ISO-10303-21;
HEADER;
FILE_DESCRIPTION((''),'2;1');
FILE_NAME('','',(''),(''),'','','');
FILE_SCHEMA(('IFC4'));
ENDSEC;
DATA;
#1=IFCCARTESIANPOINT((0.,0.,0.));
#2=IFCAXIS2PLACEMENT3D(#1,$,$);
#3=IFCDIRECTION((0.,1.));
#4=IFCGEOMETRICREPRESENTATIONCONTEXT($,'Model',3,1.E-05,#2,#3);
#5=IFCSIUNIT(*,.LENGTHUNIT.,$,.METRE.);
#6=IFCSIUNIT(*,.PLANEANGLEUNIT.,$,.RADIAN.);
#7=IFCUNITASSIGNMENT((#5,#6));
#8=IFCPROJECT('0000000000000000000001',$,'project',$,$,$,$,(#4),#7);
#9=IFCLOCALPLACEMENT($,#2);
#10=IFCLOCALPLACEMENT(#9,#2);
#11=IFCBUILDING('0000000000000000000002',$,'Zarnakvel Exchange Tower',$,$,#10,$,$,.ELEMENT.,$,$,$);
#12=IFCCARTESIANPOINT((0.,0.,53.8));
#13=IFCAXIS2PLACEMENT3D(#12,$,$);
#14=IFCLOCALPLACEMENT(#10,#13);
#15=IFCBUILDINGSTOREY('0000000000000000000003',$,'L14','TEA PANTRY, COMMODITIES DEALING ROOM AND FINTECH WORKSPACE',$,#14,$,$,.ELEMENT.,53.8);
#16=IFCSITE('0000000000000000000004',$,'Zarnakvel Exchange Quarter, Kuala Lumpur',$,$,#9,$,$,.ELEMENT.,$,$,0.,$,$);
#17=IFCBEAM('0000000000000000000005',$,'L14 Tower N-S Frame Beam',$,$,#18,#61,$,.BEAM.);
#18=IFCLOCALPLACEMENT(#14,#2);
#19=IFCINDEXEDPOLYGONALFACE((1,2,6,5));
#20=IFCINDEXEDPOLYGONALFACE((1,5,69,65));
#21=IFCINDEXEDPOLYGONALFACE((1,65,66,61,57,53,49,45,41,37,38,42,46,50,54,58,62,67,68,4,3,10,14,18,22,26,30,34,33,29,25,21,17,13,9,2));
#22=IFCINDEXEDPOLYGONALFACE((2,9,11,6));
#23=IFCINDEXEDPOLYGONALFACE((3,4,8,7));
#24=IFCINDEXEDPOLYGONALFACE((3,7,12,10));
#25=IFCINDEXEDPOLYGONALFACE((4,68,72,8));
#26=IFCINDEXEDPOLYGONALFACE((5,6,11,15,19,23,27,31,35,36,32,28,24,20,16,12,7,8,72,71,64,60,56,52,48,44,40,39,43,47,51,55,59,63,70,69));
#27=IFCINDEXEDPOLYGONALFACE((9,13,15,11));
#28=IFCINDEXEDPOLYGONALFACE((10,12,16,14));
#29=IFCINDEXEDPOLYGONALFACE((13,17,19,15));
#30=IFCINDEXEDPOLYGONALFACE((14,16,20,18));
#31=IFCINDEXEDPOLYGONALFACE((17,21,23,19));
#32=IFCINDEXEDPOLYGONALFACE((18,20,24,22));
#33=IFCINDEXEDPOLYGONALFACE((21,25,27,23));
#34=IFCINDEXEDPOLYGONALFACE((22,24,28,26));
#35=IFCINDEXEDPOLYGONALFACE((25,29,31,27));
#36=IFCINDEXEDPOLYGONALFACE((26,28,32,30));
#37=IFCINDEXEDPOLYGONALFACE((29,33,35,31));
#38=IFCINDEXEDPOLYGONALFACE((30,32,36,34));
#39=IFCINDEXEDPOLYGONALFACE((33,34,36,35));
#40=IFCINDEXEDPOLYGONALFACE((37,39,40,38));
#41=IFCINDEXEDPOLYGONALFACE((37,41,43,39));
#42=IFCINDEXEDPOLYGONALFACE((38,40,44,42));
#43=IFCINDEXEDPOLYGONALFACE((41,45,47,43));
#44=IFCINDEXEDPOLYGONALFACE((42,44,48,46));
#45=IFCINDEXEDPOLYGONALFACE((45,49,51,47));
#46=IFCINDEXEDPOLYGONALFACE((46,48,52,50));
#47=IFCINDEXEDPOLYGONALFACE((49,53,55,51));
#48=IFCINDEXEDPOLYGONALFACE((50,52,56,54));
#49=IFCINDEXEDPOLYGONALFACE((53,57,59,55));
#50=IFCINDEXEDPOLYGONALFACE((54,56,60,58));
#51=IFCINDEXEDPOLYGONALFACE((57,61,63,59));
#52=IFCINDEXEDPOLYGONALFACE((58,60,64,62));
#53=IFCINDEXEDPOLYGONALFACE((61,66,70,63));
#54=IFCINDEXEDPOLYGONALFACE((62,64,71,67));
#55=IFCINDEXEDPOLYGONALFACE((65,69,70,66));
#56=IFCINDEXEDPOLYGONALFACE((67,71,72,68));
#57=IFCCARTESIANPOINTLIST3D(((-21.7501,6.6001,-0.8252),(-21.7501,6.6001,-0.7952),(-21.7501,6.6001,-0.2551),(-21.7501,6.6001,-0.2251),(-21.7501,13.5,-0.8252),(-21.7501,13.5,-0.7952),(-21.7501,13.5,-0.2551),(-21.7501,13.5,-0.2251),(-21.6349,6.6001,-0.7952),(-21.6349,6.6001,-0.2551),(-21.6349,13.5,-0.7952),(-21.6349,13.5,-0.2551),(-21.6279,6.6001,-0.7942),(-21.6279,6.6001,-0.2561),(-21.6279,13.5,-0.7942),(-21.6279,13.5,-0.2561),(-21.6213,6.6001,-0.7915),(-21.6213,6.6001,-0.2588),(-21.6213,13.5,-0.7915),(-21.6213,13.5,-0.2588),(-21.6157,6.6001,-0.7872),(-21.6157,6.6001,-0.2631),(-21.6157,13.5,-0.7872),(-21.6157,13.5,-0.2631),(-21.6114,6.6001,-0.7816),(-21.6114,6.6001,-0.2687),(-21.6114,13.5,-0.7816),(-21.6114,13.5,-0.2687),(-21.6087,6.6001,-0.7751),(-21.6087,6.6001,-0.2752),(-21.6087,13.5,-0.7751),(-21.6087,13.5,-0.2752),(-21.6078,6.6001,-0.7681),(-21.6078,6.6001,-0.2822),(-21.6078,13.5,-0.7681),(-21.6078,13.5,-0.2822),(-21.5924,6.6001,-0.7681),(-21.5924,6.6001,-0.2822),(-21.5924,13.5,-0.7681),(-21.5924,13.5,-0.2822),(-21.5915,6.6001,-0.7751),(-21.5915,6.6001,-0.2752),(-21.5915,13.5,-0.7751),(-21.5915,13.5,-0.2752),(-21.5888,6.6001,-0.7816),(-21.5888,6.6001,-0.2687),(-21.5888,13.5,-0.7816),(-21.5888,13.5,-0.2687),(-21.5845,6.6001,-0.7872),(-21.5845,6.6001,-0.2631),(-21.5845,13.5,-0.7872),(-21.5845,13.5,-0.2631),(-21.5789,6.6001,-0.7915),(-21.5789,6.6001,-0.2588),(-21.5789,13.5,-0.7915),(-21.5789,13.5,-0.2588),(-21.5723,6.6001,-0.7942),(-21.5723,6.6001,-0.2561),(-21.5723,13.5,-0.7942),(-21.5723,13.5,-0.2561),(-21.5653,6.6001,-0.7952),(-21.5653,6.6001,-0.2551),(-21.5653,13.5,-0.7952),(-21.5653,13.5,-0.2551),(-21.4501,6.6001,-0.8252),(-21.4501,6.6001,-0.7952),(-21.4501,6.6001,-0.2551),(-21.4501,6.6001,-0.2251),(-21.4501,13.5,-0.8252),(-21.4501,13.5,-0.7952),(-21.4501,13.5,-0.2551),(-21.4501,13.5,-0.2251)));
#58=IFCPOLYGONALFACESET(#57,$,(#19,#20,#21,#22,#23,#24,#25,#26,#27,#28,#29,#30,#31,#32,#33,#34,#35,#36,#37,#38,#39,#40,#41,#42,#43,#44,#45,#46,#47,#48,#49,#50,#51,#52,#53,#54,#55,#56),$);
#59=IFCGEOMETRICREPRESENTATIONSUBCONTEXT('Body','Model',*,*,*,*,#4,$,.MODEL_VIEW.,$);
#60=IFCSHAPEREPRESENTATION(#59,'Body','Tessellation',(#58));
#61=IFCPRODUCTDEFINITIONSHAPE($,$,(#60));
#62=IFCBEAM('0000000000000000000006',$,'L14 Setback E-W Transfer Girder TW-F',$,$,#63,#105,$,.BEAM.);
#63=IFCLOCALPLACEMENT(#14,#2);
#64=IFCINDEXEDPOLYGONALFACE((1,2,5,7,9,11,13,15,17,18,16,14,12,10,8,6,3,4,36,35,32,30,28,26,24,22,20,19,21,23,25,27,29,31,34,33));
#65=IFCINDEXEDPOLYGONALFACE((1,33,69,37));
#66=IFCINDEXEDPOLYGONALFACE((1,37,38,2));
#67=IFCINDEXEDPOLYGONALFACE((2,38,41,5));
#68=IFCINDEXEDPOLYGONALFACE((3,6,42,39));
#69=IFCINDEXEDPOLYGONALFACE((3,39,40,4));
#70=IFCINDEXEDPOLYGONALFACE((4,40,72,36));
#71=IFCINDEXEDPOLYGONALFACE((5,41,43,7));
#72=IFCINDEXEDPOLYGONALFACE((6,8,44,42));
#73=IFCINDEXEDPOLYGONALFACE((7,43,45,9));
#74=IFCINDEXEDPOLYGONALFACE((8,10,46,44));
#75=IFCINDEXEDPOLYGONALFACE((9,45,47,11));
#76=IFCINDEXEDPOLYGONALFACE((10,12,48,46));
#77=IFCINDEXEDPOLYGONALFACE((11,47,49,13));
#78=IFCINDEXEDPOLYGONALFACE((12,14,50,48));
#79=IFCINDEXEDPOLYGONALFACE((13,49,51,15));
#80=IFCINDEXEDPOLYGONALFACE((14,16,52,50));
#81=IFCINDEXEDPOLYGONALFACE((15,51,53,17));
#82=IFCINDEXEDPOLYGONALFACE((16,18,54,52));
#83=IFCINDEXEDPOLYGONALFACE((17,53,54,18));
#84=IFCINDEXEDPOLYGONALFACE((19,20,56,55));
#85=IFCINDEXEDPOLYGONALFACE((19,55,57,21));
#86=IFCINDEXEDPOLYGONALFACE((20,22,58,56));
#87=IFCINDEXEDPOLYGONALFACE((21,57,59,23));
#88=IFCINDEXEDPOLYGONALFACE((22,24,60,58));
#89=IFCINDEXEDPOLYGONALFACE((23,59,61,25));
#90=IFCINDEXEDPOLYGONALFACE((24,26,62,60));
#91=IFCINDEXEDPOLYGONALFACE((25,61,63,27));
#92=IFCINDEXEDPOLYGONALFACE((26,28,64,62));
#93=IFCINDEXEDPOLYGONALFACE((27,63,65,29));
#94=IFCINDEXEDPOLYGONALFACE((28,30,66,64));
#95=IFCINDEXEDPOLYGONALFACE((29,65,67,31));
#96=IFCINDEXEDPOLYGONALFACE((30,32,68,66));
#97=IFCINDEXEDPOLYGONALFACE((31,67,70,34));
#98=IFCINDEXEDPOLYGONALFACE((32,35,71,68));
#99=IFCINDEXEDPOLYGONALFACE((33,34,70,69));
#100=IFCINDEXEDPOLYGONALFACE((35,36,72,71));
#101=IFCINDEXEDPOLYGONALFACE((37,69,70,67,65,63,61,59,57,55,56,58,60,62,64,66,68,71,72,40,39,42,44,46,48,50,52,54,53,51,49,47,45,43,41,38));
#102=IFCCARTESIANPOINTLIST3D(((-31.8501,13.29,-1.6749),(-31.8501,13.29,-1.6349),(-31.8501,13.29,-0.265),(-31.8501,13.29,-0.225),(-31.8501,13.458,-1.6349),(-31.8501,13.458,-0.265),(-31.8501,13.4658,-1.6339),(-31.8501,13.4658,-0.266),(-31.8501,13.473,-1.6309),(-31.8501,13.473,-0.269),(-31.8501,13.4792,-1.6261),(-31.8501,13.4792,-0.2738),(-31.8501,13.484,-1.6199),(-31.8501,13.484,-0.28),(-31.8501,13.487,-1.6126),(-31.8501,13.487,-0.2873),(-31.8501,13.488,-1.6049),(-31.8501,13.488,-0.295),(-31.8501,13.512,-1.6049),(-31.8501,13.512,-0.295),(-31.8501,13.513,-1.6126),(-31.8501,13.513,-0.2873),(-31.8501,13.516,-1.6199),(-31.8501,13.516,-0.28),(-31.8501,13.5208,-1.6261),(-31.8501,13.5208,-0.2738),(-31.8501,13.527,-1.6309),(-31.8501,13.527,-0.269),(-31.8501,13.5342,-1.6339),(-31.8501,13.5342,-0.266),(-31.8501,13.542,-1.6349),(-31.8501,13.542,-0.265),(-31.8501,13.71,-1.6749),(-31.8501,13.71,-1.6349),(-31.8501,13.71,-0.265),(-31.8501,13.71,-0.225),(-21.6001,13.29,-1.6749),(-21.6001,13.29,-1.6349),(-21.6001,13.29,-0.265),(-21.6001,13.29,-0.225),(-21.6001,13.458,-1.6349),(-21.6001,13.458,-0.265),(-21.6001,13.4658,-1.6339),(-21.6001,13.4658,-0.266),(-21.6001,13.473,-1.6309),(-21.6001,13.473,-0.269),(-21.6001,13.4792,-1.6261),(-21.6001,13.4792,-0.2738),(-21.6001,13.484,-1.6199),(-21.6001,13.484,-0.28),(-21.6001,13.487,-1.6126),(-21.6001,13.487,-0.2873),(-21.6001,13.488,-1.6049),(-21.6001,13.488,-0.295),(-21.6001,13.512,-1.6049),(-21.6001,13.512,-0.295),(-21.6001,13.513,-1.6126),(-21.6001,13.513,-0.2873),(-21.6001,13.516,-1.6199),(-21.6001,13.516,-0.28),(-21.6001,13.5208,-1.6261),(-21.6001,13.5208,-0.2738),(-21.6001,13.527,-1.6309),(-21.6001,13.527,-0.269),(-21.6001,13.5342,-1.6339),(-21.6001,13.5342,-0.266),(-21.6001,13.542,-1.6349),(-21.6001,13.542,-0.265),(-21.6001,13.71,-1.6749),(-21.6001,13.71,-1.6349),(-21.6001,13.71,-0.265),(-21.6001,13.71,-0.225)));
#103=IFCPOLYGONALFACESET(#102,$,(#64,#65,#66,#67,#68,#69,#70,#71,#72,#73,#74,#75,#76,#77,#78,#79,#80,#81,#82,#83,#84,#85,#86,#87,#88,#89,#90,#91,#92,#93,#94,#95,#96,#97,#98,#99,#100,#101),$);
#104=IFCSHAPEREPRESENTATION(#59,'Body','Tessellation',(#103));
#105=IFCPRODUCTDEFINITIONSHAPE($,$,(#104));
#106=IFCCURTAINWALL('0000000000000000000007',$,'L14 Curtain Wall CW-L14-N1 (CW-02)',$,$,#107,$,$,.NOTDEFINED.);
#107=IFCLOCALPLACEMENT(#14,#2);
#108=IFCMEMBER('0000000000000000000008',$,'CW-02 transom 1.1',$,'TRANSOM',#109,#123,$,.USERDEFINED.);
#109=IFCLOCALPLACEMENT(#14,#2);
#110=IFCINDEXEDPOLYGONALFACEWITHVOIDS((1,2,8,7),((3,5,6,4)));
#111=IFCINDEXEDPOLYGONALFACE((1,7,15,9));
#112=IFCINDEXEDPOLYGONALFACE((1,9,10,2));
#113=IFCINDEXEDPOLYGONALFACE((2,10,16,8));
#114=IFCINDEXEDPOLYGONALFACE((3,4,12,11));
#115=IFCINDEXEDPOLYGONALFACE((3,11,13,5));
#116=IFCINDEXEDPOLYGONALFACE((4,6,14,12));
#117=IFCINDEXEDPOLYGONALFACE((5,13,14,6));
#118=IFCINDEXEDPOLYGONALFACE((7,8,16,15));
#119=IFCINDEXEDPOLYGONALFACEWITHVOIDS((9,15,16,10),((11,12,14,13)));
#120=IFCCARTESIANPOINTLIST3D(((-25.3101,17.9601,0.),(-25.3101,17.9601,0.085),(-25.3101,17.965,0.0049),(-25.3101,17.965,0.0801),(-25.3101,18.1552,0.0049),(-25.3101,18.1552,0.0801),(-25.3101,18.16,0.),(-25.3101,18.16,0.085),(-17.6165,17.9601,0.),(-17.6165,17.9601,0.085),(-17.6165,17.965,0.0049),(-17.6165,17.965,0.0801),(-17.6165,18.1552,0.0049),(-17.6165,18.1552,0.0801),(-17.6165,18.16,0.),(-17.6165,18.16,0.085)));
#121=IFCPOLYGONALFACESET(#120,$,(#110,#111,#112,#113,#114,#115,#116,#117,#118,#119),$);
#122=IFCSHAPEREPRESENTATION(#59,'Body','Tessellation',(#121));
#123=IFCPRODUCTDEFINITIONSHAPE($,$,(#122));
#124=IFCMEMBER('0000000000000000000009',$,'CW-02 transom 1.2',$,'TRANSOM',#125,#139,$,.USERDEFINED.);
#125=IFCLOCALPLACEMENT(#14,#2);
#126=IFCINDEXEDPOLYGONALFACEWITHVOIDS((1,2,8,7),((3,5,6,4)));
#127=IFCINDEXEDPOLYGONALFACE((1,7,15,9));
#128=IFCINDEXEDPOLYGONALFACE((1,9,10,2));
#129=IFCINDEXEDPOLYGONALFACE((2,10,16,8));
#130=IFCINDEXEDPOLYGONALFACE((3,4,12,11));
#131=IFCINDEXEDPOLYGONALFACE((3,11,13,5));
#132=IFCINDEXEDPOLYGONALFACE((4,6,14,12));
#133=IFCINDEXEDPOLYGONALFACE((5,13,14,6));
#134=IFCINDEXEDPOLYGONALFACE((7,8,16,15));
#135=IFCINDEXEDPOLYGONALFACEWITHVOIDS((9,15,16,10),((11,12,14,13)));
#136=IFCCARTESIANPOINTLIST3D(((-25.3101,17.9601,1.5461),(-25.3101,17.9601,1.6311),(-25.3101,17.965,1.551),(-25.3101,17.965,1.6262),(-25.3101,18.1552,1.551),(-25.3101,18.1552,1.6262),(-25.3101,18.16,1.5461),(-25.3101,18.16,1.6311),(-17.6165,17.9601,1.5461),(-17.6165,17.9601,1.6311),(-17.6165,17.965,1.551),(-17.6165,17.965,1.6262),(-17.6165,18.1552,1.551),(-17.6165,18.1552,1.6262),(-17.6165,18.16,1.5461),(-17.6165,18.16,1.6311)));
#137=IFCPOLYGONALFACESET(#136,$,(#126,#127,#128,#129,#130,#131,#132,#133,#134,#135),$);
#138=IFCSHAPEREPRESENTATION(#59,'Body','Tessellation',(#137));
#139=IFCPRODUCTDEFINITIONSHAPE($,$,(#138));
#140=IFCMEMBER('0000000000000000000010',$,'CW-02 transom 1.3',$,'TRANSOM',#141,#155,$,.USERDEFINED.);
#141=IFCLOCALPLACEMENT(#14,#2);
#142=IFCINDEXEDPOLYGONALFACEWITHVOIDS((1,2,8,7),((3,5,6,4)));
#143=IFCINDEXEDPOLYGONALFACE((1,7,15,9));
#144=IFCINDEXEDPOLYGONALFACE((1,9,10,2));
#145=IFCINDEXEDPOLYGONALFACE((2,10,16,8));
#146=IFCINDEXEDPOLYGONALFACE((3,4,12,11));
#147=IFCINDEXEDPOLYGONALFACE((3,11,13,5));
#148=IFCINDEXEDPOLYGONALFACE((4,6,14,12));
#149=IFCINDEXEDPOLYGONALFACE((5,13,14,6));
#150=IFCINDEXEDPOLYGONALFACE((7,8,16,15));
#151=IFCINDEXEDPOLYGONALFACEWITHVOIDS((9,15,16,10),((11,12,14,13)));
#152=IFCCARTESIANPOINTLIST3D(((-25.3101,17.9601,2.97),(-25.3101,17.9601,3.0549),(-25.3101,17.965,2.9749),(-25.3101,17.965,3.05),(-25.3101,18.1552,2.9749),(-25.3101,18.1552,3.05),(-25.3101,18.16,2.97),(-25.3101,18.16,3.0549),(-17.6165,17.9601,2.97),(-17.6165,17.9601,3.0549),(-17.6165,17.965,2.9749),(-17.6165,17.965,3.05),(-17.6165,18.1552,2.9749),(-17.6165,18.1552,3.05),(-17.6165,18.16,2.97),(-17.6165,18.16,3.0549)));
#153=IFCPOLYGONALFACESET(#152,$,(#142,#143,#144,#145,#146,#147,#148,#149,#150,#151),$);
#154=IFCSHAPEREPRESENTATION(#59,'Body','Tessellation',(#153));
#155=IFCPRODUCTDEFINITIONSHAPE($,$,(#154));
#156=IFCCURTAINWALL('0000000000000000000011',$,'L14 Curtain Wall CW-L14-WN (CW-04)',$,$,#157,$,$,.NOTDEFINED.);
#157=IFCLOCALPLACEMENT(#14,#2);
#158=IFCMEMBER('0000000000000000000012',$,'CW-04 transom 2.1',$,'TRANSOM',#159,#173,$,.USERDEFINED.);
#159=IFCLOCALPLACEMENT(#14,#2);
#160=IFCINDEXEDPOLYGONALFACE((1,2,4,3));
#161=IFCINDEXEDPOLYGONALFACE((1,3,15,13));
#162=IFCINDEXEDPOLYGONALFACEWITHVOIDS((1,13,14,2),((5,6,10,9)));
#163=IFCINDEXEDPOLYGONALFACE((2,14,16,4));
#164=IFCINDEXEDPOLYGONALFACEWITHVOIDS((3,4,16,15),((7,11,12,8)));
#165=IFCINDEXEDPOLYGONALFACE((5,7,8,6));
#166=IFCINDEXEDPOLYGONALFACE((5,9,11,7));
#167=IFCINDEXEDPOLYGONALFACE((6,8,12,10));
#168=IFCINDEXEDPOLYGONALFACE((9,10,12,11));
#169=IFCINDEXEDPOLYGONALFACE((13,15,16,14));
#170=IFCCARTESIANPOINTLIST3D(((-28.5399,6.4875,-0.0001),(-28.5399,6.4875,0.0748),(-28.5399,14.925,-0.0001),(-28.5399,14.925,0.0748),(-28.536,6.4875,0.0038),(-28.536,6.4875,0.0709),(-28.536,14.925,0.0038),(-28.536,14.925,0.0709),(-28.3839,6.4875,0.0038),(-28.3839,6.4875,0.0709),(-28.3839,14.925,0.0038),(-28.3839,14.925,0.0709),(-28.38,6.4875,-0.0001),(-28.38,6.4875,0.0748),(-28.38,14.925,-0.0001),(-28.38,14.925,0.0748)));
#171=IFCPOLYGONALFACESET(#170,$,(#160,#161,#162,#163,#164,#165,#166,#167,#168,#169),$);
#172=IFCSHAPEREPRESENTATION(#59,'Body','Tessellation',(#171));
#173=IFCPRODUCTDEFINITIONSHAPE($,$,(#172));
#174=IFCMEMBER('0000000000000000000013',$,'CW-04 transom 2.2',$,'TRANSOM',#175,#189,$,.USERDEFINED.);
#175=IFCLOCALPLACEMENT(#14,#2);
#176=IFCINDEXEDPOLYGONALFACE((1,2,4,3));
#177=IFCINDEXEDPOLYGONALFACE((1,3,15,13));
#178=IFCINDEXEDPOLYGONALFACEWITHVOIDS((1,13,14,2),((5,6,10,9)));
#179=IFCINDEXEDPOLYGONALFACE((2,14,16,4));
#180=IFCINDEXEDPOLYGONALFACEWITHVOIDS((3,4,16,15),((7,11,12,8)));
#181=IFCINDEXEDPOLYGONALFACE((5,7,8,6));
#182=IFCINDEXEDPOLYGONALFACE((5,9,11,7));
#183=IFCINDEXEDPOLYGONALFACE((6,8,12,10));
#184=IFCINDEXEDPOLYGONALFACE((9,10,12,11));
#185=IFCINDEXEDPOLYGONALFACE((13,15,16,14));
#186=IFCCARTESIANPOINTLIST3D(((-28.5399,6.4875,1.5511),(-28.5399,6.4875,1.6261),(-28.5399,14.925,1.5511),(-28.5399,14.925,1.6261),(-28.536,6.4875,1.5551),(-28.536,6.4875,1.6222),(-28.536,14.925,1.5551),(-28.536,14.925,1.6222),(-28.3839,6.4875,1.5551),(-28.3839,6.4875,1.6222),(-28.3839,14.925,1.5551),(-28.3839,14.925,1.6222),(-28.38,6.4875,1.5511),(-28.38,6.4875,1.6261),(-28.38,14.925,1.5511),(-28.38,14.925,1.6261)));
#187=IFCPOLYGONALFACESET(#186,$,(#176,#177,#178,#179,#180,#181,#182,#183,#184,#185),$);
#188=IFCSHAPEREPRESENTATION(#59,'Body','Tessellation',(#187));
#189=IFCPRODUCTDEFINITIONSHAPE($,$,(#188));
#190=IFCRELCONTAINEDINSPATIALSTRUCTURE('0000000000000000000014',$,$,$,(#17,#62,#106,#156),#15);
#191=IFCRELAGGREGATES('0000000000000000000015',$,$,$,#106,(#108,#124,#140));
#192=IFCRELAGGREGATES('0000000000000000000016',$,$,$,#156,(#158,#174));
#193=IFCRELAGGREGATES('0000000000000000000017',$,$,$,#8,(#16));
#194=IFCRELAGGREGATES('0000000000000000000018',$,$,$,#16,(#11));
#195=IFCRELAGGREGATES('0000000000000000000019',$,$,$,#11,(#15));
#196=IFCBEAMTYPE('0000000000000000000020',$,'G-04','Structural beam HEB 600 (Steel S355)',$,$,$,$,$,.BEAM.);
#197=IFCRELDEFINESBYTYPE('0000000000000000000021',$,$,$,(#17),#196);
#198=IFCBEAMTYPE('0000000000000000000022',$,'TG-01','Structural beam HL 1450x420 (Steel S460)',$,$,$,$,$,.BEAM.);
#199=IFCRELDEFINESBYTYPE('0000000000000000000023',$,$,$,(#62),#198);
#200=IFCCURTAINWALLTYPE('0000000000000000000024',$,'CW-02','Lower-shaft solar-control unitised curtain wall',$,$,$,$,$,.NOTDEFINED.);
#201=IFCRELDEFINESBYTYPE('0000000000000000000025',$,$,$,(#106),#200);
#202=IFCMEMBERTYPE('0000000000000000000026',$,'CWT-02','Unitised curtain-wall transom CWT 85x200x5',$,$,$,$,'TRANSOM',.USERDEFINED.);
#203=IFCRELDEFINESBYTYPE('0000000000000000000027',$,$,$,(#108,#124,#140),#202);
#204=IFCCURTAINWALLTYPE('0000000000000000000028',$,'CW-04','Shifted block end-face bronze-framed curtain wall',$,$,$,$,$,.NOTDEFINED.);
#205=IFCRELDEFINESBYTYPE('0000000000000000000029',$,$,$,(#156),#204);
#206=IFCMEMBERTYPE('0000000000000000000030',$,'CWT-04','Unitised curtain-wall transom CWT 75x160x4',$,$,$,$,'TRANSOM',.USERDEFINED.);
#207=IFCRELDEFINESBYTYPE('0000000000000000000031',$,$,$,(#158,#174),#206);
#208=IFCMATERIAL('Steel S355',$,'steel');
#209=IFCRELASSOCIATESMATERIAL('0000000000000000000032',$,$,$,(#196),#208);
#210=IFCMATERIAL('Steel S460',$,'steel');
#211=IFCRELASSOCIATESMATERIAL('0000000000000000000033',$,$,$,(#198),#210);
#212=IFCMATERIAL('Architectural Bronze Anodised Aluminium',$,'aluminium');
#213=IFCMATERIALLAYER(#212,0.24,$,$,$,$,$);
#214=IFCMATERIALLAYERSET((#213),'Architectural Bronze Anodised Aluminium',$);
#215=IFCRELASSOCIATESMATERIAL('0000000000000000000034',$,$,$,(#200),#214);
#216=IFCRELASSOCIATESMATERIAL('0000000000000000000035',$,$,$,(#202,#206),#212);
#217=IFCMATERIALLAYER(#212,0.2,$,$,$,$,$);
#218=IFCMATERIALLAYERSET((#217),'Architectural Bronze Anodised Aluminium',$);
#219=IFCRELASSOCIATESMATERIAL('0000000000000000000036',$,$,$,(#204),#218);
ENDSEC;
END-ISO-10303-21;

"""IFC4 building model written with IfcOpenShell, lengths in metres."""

from ifc_helpers import new_model, si_unit, direction, frame, origin, origin_2d, place, context, subcontext, project, spatial, hollow_rectangle, i_section, extrude, source, transform, mapped, material, layer, layer_set, material_profile, profile_set, type_object, element, aggregate, save


model = new_model("IFC4")

# Units and contexts
model_context = context("Model", 3, precision=1e-05, world=origin(), true_north=direction((0.0, 1.0)))
body_context = subcontext(model_context, "Body", "Model", "MODEL_VIEW")
ifc_project = project(units=[si_unit("LENGTHUNIT", "METRE"), si_unit("PLANEANGLEUNIT", "RADIAN")], contexts=[model_context])

# Site, building, storey
site_placement = place(None, origin())
site = spatial("IfcSite", under=ifc_project, at=site_placement, Name="Zarnakvel Exchange Quarter, Kuala Lumpur", CompositionType="ELEMENT", RefElevation=0.0)
building_placement = place(site_placement, origin())
building = spatial("IfcBuilding", under=site, at=building_placement, Name="Zarnakvel Exchange Tower", CompositionType="ELEMENT")
storey_placement = place(building_placement, frame((0.0, 0.0, 53.8)))
storey = spatial("IfcBuildingStorey", under=building, at=storey_placement, Name="L14", Description="TEA PANTRY, COMMODITIES DEALING ROOM AND FINTECH WORKSPACE", CompositionType="ELEMENT", Elevation=53.8)

# Shared definitions
ifc_material_1 = material(Name="Steel S355", Category="steel")

# Beams
ifc_material_profile_1 = material_profile(ifc_material_1, i_section(OverallWidth=0.3, OverallDepth=0.6001, WebThickness=0.0154, FlangeThickness=0.03, FilletRadius=0.0271, at=origin_2d()))
ifc_profile_set_1 = profile_set([ifc_material_profile_1], Name="Steel S355")
beam_type_1 = type_object("IfcBeamType", Name="G-04", Description="Structural beam HEB 600 (Steel S355)", PredefinedType="BEAM", material=ifc_profile_set_1)
beam_1_placement = place(storey_placement, frame((-21.6001, 6.6001, -0.5251), z_axis=(0.0, 1.0, 0.0), x_axis=(-1.0, 0.0, 0.0)))
element("IfcBeam", 1, at=beam_1_placement, inside=storey, type_object=beam_type_1, Name="L14 Tower N-S Frame Beam", PredefinedType="BEAM", context=body_context, shape_type="SweptSolid", body=[
    extrude(i_section(OverallWidth=0.3, OverallDepth=0.6001, WebThickness=0.0154, FlangeThickness=0.03, FilletRadius=0.0271, at=origin_2d()), origin(), (0.0, 0.0, 1.0), 6.8999),
])
ifc_material_2 = material(Name="Steel S460", Category="steel")
ifc_material_profile_2 = material_profile(ifc_material_2, i_section(OverallWidth=0.4199, OverallDepth=1.45, WebThickness=0.0239, FlangeThickness=0.04, FilletRadius=0.03, at=origin_2d()))
ifc_profile_set_2 = profile_set([ifc_material_profile_2], Name="Steel S460")
beam_type_2 = type_object("IfcBeamType", Name="TG-01", Description="Structural beam HL 1450x420 (Steel S460)", PredefinedType="BEAM", material=ifc_profile_set_2)
beam_2_placement = place(storey_placement, frame((-31.8501, 13.5, -0.95), z_axis=(1.0, 0.0, 0.0), x_axis=(0.0, 1.0, 0.0)))
element("IfcBeam", 2, at=beam_2_placement, inside=storey, type_object=beam_type_2, Name="L14 Setback E-W Transfer Girder TW-F", PredefinedType="BEAM", context=body_context, shape_type="SweptSolid", body=[
    extrude(i_section(OverallWidth=0.4199, OverallDepth=1.45, WebThickness=0.0239, FlangeThickness=0.04, FilletRadius=0.03, at=origin_2d()), origin(), (0.0, 0.0, 1.0), 10.25),
])

# Curtain walls, members
ifc_material_3 = material(Name="Architectural Bronze Anodised Aluminium", Category="aluminium")
ifc_layer_1 = layer(ifc_material_3, 0.24)
ifc_layer_set_1 = layer_set([ifc_layer_1], Name="Architectural Bronze Anodised Aluminium")
curtain_wall_type_1 = type_object("IfcCurtainWallType", Name="CW-02", Description="Lower-shaft solar-control unitised curtain wall", PredefinedType="NOTDEFINED", material=ifc_layer_set_1)
curtain_wall_1_placement = place(storey_placement, origin())
curtain_wall_1 = element("IfcCurtainWall", 3, at=curtain_wall_1_placement, inside=storey, type_object=curtain_wall_type_1, Name="L14 Curtain Wall CW-L14-N1 (CW-02)", PredefinedType="NOTDEFINED")
ifc_material_profile_3 = material_profile(ifc_material_3, hollow_rectangle(XDim=0.2, YDim=0.085, WallThickness=0.0049, at=origin_2d()))
ifc_profile_set_3 = profile_set([ifc_material_profile_3], Name="Architectural Bronze Anodised Aluminium")
member_type_1 = type_object("IfcMemberType", Name="CWT-02", Description="Unitised curtain-wall transom CWT 85x200x5", ElementType="TRANSOM", PredefinedType="USERDEFINED", material=ifc_profile_set_3)
shared_shape_1 = source(origin(), body_context, "Body", "SweptSolid", [
    extrude(hollow_rectangle(XDim=0.2, YDim=0.085, WallThickness=0.0049, at=origin_2d()), origin(), (0.0, 0.0, 1.0), 7.6936),
])
member_1_placement = place(storey_placement, frame((-25.3101, 18.0601, 0.0425), z_axis=(1.0, 0.0, 0.0), x_axis=(0.0, 1.0, 0.0)))
member_1 = element("IfcMember", 4, at=member_1_placement, type_object=member_type_1, Name="CW-02 transom 1.1", ObjectType="TRANSOM", PredefinedType="USERDEFINED", context=body_context, shape_type="MappedRepresentation", body=[
    mapped(shared_shape_1, transform((0.0, 0.0, 0.0), x_axis=(1.0, 0.0, 0.0), y_axis=(0.0, 1.0, 0.0), z_axis=(0.0, 0.0, 1.0), scale=1.0)),
])
member_2_placement = place(storey_placement, frame((-25.3101, 18.0601, 1.5886), z_axis=(1.0, 0.0, 0.0), x_axis=(0.0, 1.0, 0.0)))
member_2 = element("IfcMember", 5, at=member_2_placement, type_object=member_type_1, Name="CW-02 transom 1.2", ObjectType="TRANSOM", PredefinedType="USERDEFINED", context=body_context, shape_type="MappedRepresentation", body=[
    mapped(shared_shape_1, transform((0.0, 0.0, 0.0), x_axis=(1.0, 0.0, 0.0), y_axis=(0.0, 1.0, 0.0), z_axis=(0.0, 0.0, 1.0), scale=1.0)),
])
member_3_placement = place(storey_placement, frame((-25.3101, 18.0601, 3.0125), z_axis=(1.0, 0.0, 0.0), x_axis=(0.0, 1.0, 0.0)))
member_3 = element("IfcMember", 6, at=member_3_placement, type_object=member_type_1, Name="CW-02 transom 1.3", ObjectType="TRANSOM", PredefinedType="USERDEFINED", context=body_context, shape_type="MappedRepresentation", body=[
    mapped(shared_shape_1, transform((0.0, 0.0, 0.0), x_axis=(1.0, 0.0, 0.0), y_axis=(0.0, 1.0, 0.0), z_axis=(0.0, 0.0, 1.0), scale=1.0)),
])
ifc_layer_2 = layer(ifc_material_3, 0.2)
ifc_layer_set_2 = layer_set([ifc_layer_2], Name="Architectural Bronze Anodised Aluminium")
curtain_wall_type_2 = type_object("IfcCurtainWallType", Name="CW-04", Description="Shifted block end-face bronze-framed curtain wall", PredefinedType="NOTDEFINED", material=ifc_layer_set_2)
curtain_wall_2_placement = place(storey_placement, origin())
curtain_wall_2 = element("IfcCurtainWall", 7, at=curtain_wall_2_placement, inside=storey, type_object=curtain_wall_type_2, Name="L14 Curtain Wall CW-L14-WN (CW-04)", PredefinedType="NOTDEFINED")
ifc_material_profile_4 = material_profile(ifc_material_3, hollow_rectangle(XDim=0.1599, YDim=0.075, WallThickness=0.0039, at=origin_2d()))
ifc_profile_set_4 = profile_set([ifc_material_profile_4], Name="Architectural Bronze Anodised Aluminium")
member_type_2 = type_object("IfcMemberType", Name="CWT-04", Description="Unitised curtain-wall transom CWT 75x160x4", ElementType="TRANSOM", PredefinedType="USERDEFINED", material=ifc_profile_set_4)
shared_shape_2 = source(origin(), body_context, "Body", "SweptSolid", [
    extrude(hollow_rectangle(XDim=0.1599, YDim=0.075, WallThickness=0.0039, at=origin_2d()), origin(), (0.0, 0.0, 1.0), 8.4375),
])
member_4_placement = place(storey_placement, frame((-28.46, 6.4875, 0.0374), z_axis=(0.0, 1.0, 0.0), x_axis=(-1.0, 0.0, 0.0)))
member_4 = element("IfcMember", 8, at=member_4_placement, type_object=member_type_2, Name="CW-04 transom 2.1", ObjectType="TRANSOM", PredefinedType="USERDEFINED", context=body_context, shape_type="MappedRepresentation", body=[
    mapped(shared_shape_2, transform((0.0, 0.0, 0.0), x_axis=(1.0, 0.0, 0.0), y_axis=(0.0, 1.0, 0.0), z_axis=(0.0, 0.0, 1.0), scale=1.0)),
])
member_5_placement = place(storey_placement, frame((-28.46, 6.4875, 1.5886), z_axis=(0.0, 1.0, 0.0), x_axis=(-1.0, 0.0, 0.0)))
member_5 = element("IfcMember", 9, at=member_5_placement, type_object=member_type_2, Name="CW-04 transom 2.2", ObjectType="TRANSOM", PredefinedType="USERDEFINED", context=body_context, shape_type="MappedRepresentation", body=[
    mapped(shared_shape_2, transform((0.0, 0.0, 0.0), x_axis=(1.0, 0.0, 0.0), y_axis=(0.0, 1.0, 0.0), z_axis=(0.0, 0.0, 1.0), scale=1.0)),
])

aggregate(curtain_wall_1, [member_1, member_2, member_3])

aggregate(curtain_wall_2, [member_4, member_5])

save(model, "model.ifc")
